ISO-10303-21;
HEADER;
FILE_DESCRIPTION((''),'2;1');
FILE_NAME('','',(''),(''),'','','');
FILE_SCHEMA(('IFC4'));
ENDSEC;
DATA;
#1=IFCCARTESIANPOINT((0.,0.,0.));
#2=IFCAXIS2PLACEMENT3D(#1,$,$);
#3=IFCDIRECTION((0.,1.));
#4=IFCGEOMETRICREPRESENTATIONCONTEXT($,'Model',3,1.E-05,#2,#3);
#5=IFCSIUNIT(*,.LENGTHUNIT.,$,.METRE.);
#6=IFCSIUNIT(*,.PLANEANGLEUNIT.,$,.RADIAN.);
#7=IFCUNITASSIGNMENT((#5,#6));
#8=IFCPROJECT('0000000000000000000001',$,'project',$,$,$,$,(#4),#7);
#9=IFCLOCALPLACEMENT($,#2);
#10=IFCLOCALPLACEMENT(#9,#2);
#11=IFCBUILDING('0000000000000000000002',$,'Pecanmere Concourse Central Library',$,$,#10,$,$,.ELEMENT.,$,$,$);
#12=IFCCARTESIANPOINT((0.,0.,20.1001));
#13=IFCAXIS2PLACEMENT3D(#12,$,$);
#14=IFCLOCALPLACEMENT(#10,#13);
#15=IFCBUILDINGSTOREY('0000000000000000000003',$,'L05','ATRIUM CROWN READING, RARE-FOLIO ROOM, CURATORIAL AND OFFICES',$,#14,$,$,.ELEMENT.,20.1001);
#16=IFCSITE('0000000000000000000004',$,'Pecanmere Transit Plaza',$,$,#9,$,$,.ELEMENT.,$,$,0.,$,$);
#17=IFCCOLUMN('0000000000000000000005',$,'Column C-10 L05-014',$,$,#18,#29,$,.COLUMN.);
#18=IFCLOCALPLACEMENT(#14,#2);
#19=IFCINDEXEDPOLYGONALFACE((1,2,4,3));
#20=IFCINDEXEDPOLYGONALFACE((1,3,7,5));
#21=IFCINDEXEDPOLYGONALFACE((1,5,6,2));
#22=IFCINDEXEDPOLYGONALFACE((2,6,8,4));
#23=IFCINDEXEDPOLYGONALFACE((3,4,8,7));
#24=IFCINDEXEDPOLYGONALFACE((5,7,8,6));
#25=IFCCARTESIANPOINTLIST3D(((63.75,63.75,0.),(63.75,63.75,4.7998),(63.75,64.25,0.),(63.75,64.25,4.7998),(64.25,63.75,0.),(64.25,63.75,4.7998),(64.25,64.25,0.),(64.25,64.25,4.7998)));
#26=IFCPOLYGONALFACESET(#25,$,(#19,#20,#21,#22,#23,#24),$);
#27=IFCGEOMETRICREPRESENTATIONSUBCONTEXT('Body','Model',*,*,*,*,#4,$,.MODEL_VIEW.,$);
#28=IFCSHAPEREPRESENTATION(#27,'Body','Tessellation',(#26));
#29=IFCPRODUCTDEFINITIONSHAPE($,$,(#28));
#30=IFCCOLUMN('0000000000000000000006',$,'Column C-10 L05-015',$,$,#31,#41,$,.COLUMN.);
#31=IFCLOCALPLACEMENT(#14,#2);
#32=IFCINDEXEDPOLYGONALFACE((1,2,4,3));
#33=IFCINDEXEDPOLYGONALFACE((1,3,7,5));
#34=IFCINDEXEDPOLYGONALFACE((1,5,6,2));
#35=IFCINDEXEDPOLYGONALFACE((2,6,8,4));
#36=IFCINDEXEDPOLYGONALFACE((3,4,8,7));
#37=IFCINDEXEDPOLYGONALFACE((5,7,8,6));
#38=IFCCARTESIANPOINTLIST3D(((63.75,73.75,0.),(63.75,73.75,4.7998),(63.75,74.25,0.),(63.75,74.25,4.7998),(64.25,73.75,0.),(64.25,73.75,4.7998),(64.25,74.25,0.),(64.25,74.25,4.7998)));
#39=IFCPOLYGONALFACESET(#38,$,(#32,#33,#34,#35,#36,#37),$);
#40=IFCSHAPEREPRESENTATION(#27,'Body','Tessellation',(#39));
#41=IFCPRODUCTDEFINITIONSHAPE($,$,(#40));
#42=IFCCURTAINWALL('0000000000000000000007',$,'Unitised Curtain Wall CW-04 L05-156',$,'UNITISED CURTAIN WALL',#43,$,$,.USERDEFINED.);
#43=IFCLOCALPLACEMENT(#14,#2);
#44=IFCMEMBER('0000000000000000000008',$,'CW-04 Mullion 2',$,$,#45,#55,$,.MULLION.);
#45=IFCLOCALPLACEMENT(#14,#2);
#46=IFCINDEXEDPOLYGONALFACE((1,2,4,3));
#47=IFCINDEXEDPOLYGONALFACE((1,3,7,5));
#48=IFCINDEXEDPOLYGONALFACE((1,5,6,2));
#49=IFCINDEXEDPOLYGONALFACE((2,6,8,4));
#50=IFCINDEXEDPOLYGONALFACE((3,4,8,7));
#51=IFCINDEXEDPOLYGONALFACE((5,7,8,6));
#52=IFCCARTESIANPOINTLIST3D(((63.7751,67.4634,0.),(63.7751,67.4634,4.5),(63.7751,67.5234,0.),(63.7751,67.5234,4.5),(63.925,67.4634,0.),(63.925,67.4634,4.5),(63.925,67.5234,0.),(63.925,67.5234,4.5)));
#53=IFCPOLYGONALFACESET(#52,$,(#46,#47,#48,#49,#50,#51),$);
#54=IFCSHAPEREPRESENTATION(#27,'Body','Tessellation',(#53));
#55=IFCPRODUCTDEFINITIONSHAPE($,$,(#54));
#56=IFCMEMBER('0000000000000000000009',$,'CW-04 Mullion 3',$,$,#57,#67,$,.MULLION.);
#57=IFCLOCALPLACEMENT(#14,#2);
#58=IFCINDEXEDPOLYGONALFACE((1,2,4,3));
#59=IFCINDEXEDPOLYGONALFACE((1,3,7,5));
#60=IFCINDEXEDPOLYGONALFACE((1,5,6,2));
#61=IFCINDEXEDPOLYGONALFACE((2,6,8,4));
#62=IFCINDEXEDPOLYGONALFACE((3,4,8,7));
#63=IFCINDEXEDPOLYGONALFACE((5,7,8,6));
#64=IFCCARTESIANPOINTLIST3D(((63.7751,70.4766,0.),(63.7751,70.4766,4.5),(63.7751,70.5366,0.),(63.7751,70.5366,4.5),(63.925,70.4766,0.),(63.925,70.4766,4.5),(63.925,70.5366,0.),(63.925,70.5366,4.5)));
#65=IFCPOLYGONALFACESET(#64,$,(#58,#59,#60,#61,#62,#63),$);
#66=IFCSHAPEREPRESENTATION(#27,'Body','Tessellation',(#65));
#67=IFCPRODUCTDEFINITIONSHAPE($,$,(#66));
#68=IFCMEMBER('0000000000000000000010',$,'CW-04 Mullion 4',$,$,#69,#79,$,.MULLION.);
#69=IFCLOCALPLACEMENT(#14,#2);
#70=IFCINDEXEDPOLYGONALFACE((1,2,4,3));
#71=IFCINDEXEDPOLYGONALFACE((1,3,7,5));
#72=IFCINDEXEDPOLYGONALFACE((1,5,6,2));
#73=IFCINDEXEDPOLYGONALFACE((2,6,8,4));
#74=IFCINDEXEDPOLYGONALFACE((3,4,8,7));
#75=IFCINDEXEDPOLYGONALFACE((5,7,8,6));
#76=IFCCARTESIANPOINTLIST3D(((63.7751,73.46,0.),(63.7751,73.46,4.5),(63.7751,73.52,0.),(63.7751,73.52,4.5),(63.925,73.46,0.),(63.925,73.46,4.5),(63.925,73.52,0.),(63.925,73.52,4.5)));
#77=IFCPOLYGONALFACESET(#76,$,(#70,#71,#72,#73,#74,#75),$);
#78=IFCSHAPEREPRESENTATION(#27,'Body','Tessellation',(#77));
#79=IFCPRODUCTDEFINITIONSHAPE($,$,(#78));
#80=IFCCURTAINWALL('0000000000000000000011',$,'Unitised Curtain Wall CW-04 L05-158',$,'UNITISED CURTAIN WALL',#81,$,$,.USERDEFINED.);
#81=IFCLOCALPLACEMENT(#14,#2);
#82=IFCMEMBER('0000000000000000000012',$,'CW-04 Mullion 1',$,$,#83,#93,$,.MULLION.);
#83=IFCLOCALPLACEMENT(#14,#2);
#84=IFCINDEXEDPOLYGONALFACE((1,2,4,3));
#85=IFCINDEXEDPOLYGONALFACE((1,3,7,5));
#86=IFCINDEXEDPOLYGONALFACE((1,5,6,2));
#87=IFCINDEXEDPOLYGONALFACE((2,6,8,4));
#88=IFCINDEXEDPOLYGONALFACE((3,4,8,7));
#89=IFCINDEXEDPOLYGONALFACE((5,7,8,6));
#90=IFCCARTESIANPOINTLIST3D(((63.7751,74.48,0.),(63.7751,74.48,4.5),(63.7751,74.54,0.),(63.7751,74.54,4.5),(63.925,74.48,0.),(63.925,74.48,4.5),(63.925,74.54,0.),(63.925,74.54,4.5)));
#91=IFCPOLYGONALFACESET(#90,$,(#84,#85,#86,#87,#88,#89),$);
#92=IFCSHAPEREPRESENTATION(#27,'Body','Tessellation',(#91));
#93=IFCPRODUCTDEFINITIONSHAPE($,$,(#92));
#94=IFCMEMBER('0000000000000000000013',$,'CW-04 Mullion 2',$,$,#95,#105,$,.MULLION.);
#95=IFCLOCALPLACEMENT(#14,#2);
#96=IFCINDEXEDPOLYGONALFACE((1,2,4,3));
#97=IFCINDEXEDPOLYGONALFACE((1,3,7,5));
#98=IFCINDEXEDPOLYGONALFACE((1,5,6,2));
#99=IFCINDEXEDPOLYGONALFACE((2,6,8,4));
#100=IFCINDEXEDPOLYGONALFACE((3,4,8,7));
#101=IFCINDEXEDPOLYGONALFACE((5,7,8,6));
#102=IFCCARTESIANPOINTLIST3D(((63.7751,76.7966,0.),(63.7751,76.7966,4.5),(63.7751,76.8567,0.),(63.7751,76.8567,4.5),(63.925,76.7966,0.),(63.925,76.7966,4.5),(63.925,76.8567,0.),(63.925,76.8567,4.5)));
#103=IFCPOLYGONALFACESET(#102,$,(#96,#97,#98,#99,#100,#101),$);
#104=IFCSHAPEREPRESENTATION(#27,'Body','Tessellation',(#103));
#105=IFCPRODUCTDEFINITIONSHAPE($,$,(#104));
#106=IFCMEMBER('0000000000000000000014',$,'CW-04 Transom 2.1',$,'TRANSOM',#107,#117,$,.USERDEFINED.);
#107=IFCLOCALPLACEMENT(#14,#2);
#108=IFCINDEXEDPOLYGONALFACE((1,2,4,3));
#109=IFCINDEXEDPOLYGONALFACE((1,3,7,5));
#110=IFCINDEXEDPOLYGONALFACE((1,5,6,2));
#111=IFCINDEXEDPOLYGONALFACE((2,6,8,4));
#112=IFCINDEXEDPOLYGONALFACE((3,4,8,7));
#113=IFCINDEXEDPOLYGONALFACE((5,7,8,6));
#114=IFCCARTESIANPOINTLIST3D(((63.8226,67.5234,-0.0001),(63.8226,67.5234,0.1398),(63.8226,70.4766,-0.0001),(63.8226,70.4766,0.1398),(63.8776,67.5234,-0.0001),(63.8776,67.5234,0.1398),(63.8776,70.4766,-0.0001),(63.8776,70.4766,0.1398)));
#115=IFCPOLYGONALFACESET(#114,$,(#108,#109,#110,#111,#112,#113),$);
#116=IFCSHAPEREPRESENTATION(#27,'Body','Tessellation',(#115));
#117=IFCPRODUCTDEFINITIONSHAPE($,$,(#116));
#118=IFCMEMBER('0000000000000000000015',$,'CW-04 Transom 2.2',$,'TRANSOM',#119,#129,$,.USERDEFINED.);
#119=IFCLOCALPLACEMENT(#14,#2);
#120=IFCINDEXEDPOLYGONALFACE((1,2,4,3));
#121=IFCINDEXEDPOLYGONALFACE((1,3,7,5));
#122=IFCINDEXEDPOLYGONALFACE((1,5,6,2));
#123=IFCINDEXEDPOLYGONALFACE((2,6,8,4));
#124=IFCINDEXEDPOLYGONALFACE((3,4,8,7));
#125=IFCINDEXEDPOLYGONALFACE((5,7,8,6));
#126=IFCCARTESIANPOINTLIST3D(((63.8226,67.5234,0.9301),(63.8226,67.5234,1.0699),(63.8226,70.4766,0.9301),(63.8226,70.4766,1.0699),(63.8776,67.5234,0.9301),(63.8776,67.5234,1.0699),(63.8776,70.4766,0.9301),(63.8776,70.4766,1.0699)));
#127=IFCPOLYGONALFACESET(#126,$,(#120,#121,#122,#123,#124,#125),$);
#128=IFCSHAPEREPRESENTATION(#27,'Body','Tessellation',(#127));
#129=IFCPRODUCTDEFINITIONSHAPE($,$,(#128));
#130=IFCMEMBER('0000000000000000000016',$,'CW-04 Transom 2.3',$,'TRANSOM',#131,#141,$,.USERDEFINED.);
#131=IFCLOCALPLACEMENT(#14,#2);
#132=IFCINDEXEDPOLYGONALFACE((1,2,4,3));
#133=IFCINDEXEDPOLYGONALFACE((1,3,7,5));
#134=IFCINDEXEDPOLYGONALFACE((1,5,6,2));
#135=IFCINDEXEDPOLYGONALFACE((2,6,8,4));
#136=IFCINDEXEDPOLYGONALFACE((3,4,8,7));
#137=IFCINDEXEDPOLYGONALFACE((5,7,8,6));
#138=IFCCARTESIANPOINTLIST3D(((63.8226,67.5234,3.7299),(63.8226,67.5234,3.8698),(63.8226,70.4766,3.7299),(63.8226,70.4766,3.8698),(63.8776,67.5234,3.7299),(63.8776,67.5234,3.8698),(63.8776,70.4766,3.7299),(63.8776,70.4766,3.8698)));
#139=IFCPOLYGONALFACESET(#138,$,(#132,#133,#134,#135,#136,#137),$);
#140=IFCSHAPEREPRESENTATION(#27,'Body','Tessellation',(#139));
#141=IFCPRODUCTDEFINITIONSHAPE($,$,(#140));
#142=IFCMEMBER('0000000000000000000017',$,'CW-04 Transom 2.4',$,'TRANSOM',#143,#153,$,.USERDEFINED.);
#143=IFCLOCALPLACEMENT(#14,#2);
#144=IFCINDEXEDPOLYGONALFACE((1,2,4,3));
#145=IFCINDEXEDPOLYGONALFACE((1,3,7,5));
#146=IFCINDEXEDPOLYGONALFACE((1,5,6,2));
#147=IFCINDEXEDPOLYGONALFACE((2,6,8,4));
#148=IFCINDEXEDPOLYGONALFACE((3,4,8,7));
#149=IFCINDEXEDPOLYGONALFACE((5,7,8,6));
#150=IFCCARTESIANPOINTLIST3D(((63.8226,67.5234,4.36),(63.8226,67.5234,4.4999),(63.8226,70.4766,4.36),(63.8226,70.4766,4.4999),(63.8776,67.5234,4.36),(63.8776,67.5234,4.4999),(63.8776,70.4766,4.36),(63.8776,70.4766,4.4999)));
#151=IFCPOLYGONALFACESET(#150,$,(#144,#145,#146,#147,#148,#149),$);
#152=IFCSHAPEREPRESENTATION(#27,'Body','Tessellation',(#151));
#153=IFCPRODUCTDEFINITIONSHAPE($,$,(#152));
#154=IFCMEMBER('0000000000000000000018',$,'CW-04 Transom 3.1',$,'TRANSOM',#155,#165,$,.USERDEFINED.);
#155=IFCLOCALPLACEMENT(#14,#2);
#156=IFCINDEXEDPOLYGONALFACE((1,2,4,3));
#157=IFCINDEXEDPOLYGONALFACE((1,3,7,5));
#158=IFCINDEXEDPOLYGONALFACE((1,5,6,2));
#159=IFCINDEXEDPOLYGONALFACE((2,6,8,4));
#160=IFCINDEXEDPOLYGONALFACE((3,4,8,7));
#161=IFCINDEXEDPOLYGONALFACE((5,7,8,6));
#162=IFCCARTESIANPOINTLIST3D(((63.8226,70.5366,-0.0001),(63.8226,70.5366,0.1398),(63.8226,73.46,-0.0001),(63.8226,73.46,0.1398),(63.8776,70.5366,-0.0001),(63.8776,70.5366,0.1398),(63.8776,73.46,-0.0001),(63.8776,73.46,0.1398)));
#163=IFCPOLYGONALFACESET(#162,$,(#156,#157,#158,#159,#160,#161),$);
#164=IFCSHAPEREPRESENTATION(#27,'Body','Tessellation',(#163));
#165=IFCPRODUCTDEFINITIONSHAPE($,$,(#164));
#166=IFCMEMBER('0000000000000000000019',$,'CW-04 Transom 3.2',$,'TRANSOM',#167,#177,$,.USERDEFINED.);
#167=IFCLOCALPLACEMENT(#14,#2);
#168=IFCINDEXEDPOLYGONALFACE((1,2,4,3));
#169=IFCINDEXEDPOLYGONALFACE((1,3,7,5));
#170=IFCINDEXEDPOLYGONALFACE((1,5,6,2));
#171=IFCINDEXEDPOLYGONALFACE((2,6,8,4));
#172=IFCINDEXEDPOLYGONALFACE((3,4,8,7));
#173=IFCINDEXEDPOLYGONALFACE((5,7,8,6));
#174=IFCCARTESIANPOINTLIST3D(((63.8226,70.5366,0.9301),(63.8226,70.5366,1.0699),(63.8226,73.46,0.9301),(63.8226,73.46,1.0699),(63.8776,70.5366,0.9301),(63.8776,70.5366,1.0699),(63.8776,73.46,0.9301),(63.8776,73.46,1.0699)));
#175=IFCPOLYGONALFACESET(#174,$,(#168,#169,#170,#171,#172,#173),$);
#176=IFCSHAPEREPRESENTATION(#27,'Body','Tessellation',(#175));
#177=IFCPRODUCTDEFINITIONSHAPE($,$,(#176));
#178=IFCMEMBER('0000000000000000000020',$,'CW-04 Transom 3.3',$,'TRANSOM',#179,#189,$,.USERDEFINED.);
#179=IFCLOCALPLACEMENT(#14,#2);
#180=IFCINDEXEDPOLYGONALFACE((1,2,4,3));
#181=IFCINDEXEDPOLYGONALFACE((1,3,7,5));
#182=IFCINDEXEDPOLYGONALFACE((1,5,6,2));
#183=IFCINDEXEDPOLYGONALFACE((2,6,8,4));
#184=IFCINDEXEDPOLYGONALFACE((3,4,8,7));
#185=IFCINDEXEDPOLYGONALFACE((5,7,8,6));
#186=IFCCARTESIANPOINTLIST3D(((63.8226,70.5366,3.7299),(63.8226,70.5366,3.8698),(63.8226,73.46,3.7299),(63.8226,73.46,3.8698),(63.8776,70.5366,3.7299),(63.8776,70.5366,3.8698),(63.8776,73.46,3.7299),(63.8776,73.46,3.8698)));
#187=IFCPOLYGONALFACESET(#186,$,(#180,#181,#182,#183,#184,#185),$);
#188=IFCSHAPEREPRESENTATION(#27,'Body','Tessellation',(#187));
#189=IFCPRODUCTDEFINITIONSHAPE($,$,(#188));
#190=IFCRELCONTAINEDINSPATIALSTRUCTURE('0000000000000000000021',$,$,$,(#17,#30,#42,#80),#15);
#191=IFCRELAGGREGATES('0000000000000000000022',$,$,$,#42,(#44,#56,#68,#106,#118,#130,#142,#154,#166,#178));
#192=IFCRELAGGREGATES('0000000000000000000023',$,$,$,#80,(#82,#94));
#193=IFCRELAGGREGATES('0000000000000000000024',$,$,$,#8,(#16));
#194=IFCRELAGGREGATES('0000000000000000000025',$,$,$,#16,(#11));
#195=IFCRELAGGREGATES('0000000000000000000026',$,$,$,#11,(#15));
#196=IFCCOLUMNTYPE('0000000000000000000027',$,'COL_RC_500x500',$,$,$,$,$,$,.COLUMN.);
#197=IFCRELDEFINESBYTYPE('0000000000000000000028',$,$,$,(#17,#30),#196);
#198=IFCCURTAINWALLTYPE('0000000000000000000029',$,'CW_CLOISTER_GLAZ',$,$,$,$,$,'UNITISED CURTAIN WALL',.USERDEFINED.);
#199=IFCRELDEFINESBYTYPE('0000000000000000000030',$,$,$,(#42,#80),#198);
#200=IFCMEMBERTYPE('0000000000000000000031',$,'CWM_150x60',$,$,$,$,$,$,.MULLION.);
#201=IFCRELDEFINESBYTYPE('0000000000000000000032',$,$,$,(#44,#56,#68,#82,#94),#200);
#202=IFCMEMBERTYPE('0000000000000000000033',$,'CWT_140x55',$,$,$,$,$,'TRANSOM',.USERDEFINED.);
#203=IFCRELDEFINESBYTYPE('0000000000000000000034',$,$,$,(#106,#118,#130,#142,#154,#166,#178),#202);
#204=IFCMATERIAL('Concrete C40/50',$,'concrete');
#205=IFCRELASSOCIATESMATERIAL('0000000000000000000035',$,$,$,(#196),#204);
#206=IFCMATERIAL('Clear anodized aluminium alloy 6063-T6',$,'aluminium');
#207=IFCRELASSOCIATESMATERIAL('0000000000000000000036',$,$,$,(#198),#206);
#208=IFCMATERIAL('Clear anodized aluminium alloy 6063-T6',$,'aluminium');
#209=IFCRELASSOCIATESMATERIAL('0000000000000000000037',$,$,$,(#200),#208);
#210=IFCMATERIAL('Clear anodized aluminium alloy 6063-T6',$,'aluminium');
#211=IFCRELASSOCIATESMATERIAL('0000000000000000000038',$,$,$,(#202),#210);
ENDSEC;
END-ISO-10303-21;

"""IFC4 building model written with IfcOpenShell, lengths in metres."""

from ifc_helpers import new_model, si_unit, direction, frame, origin, origin_2d, place, context, subcontext, project, spatial, rectangle, extrude, material, material_profile, profile_set, type_object, element, aggregate, save


model = new_model("IFC4")

# Units and contexts
model_context = context("Model", 3, precision=1e-05, world=origin(), true_north=direction((0.0, 1.0)))
body_context = subcontext(model_context, "Body", "Model", "MODEL_VIEW")
ifc_project = project(units=[si_unit("LENGTHUNIT", "METRE"), si_unit("PLANEANGLEUNIT", "RADIAN")], contexts=[model_context])

# Site, building, storey
site_placement = place(None, origin())
site = spatial("IfcSite", under=ifc_project, at=site_placement, Name="Pecanmere Transit Plaza", CompositionType="ELEMENT", RefElevation=0.0)
building_placement = place(site_placement, origin())
building = spatial("IfcBuilding", under=site, at=building_placement, Name="Pecanmere Concourse Central Library", CompositionType="ELEMENT")
storey_placement = place(building_placement, frame((0.0, 0.0, 20.1001)))
storey = spatial("IfcBuildingStorey", under=building, at=storey_placement, Name="L05", Description="ATRIUM CROWN READING, RARE-FOLIO ROOM, CURATORIAL AND OFFICES", CompositionType="ELEMENT", Elevation=20.1001)

# Columns
ifc_material_1 = material(Name="Concrete C40/50", Category="concrete")
ifc_material_profile_1 = material_profile(ifc_material_1, rectangle(XDim=0.5, YDim=0.5, at=origin_2d()), Name="RC 500x500")
ifc_profile_set_1 = profile_set([ifc_material_profile_1], Name="Concrete C40/50")
column_type = type_object("IfcColumnType", Name="COL_RC_500x500", PredefinedType="COLUMN", material=ifc_profile_set_1)
for number, where, z_axis, x_axis, name in (
    (1, (64.0, 64.0, 0.0), (0.0, 0.0, 1.0), (1.0, 0.0, 0.0), "Column C-10 L05-014"),
    (2, (64.0, 74.0, 0.0), (0.0, 0.0, 1.0), (1.0, 0.0, 0.0), "Column C-10 L05-015"),
):
    element("IfcColumn", number, at=place(storey_placement, frame(where, z_axis=z_axis, x_axis=x_axis)), inside=storey, type_object=column_type, Name=name, PredefinedType="COLUMN", context=body_context, shape_type="SweptSolid", body=[
        extrude(rectangle(XDim=0.5, YDim=0.5, at=origin_2d()), origin(), (0.0, 0.0, 1.0), 4.7998),
    ])

# Curtain walls, members
ifc_material_2 = material(Name="Clear anodized aluminium alloy 6063-T6", Category="aluminium")
curtain_wall_type = type_object("IfcCurtainWallType", Name="CW_CLOISTER_GLAZ", ElementType="UNITISED CURTAIN WALL", PredefinedType="USERDEFINED", material=ifc_material_2)
curtain_wall_1_placement = place(storey_placement, origin())
curtain_wall_1 = element("IfcCurtainWall", 3, at=curtain_wall_1_placement, inside=storey, type_object=curtain_wall_type, Name="Unitised Curtain Wall CW-04 L05-156", ObjectType="UNITISED CURTAIN WALL", PredefinedType="USERDEFINED")
ifc_material_3 = material(Name="Clear anodized aluminium alloy 6063-T6", Category="aluminium")
ifc_material_profile_2 = material_profile(ifc_material_3, rectangle(XDim=0.0601, YDim=0.1499, at=origin_2d()), Name="AL 60x150")
ifc_profile_set_2 = profile_set([ifc_material_profile_2], Name="Clear anodized aluminium alloy 6063-T6")
member_type_1 = type_object("IfcMemberType", Name="CWM_150x60", PredefinedType="MULLION", material=ifc_profile_set_2)
member_1_placement = place(storey_placement, frame((63.8501, 67.4934, 0.0), z_axis=(0.0, 0.0, 1.0), x_axis=(0.0, 1.0, 0.0)))
member_1 = element("IfcMember", 4, at=member_1_placement, type_object=member_type_1, Name="CW-04 Mullion 2", PredefinedType="MULLION", context=body_context, shape_type="SweptSolid", body=[
    extrude(rectangle(XDim=0.0601, YDim=0.1499, at=origin_2d()), origin(), (0.0, 0.0, 1.0), 4.5),
])
member_2_placement = place(storey_placement, frame((63.8501, 70.5066, 0.0), z_axis=(0.0, 0.0, 1.0), x_axis=(0.0, 1.0, 0.0)))
member_2 = element("IfcMember", 5, at=member_2_placement, type_object=member_type_1, Name="CW-04 Mullion 3", PredefinedType="MULLION", context=body_context, shape_type="SweptSolid", body=[
    extrude(rectangle(XDim=0.0601, YDim=0.1499, at=origin_2d()), origin(), (0.0, 0.0, 1.0), 4.5),
])
member_3_placement = place(storey_placement, frame((63.8501, 73.49, 0.0), z_axis=(0.0, 0.0, 1.0), x_axis=(0.0, 1.0, 0.0)))
member_3 = element("IfcMember", 6, at=member_3_placement, type_object=member_type_1, Name="CW-04 Mullion 4", PredefinedType="MULLION", context=body_context, shape_type="SweptSolid", body=[
    extrude(rectangle(XDim=0.0601, YDim=0.1499, at=origin_2d()), origin(), (0.0, 0.0, 1.0), 4.5),
])
curtain_wall_2_placement = place(storey_placement, origin())
curtain_wall_2 = element("IfcCurtainWall", 7, at=curtain_wall_2_placement, inside=storey, type_object=curtain_wall_type, Name="Unitised Curtain Wall CW-04 L05-158", ObjectType="UNITISED CURTAIN WALL", PredefinedType="USERDEFINED")
member_4_placement = place(storey_placement, frame((63.8501, 74.51, 0.0), z_axis=(0.0, 0.0, 1.0), x_axis=(0.0, 1.0, 0.0)))
member_4 = element("IfcMember", 8, at=member_4_placement, type_object=member_type_1, Name="CW-04 Mullion 1", PredefinedType="MULLION", context=body_context, shape_type="SweptSolid", body=[
    extrude(rectangle(XDim=0.0601, YDim=0.1499, at=origin_2d()), origin(), (0.0, 0.0, 1.0), 4.5),
])
member_5_placement = place(storey_placement, frame((63.8501, 76.8267, 0.0), z_axis=(0.0, 0.0, 1.0), x_axis=(0.0, 1.0, 0.0)))
member_5 = element("IfcMember", 9, at=member_5_placement, type_object=member_type_1, Name="CW-04 Mullion 2", PredefinedType="MULLION", context=body_context, shape_type="SweptSolid", body=[
    extrude(rectangle(XDim=0.0601, YDim=0.1499, at=origin_2d()), origin(), (0.0, 0.0, 1.0), 4.5),
])

# Members
ifc_material_4 = material(Name="Clear anodized aluminium alloy 6063-T6", Category="aluminium")
ifc_material_profile_3 = material_profile(ifc_material_4, rectangle(XDim=0.0549, YDim=0.1399, at=origin_2d()), Name="AL 55x140")
ifc_profile_set_3 = profile_set([ifc_material_profile_3], Name="Clear anodized aluminium alloy 6063-T6")
member_type_2 = type_object("IfcMemberType", Name="CWT_140x55", ElementType="TRANSOM", PredefinedType="USERDEFINED", material=ifc_profile_set_3)
member_6_placement = place(storey_placement, frame((63.8501, 67.5234, 0.0698), z_axis=(0.0, 1.0, 0.0), x_axis=(-1.0, 0.0, 0.0)))
member_6 = element("IfcMember", 10, at=member_6_placement, type_object=member_type_2, Name="CW-04 Transom 2.1", ObjectType="TRANSOM", PredefinedType="USERDEFINED", context=body_context, shape_type="SweptSolid", body=[
    extrude(rectangle(XDim=0.0549, YDim=0.1399, at=origin_2d()), origin(), (0.0, 0.0, 1.0), 2.9531),
])
member_7_placement = place(storey_placement, frame((63.8501, 67.5234, 1.0), z_axis=(0.0, 1.0, 0.0), x_axis=(-1.0, 0.0, 0.0)))
member_7 = element("IfcMember", 11, at=member_7_placement, type_object=member_type_2, Name="CW-04 Transom 2.2", ObjectType="TRANSOM", PredefinedType="USERDEFINED", context=body_context, shape_type="SweptSolid", body=[
    extrude(rectangle(XDim=0.0549, YDim=0.1399, at=origin_2d()), origin(), (0.0, 0.0, 1.0), 2.9531),
])
member_8_placement = place(storey_placement, frame((63.8501, 67.5234, 3.7998), z_axis=(0.0, 1.0, 0.0), x_axis=(-1.0, 0.0, 0.0)))
member_8 = element("IfcMember", 12, at=member_8_placement, type_object=member_type_2, Name="CW-04 Transom 2.3", ObjectType="TRANSOM", PredefinedType="USERDEFINED", context=body_context, shape_type="SweptSolid", body=[
    extrude(rectangle(XDim=0.0549, YDim=0.1399, at=origin_2d()), origin(), (0.0, 0.0, 1.0), 2.9531),
])
member_9_placement = place(storey_placement, frame((63.8501, 67.5234, 4.4299), z_axis=(0.0, 1.0, 0.0), x_axis=(-1.0, 0.0, 0.0)))
member_9 = element("IfcMember", 13, at=member_9_placement, type_object=member_type_2, Name="CW-04 Transom 2.4", ObjectType="TRANSOM", PredefinedType="USERDEFINED", context=body_context, shape_type="SweptSolid", body=[
    extrude(rectangle(XDim=0.0549, YDim=0.1399, at=origin_2d()), origin(), (0.0, 0.0, 1.0), 2.9531),
])
member_10_placement = place(storey_placement, frame((63.8501, 70.5366, 0.0698), z_axis=(0.0, 1.0, 0.0), x_axis=(-1.0, 0.0, 0.0)))
member_10 = element("IfcMember", 14, at=member_10_placement, type_object=member_type_2, Name="CW-04 Transom 3.1", ObjectType="TRANSOM", PredefinedType="USERDEFINED", context=body_context, shape_type="SweptSolid", body=[
    extrude(rectangle(XDim=0.0549, YDim=0.1399, at=origin_2d()), origin(), (0.0, 0.0, 1.0), 2.9233),
])
member_11_placement = place(storey_placement, frame((63.8501, 70.5366, 1.0), z_axis=(0.0, 1.0, 0.0), x_axis=(-1.0, 0.0, 0.0)))
member_11 = element("IfcMember", 15, at=member_11_placement, type_object=member_type_2, Name="CW-04 Transom 3.2", ObjectType="TRANSOM", PredefinedType="USERDEFINED", context=body_context, shape_type="SweptSolid", body=[
    extrude(rectangle(XDim=0.0549, YDim=0.1399, at=origin_2d()), origin(), (0.0, 0.0, 1.0), 2.9233),
])
member_12_placement = place(storey_placement, frame((63.8501, 70.5366, 3.7998), z_axis=(0.0, 1.0, 0.0), x_axis=(-1.0, 0.0, 0.0)))
member_12 = element("IfcMember", 16, at=member_12_placement, type_object=member_type_2, Name="CW-04 Transom 3.3", ObjectType="TRANSOM", PredefinedType="USERDEFINED", context=body_context, shape_type="SweptSolid", body=[
    extrude(rectangle(XDim=0.0549, YDim=0.1399, at=origin_2d()), origin(), (0.0, 0.0, 1.0), 2.9233),
])

aggregate(curtain_wall_1, [member_1, member_2, member_3, member_6, member_7, member_8, member_9, member_10, member_11, member_12])
aggregate(curtain_wall_2, [member_4, member_5])

save(model, "model.ifc")
